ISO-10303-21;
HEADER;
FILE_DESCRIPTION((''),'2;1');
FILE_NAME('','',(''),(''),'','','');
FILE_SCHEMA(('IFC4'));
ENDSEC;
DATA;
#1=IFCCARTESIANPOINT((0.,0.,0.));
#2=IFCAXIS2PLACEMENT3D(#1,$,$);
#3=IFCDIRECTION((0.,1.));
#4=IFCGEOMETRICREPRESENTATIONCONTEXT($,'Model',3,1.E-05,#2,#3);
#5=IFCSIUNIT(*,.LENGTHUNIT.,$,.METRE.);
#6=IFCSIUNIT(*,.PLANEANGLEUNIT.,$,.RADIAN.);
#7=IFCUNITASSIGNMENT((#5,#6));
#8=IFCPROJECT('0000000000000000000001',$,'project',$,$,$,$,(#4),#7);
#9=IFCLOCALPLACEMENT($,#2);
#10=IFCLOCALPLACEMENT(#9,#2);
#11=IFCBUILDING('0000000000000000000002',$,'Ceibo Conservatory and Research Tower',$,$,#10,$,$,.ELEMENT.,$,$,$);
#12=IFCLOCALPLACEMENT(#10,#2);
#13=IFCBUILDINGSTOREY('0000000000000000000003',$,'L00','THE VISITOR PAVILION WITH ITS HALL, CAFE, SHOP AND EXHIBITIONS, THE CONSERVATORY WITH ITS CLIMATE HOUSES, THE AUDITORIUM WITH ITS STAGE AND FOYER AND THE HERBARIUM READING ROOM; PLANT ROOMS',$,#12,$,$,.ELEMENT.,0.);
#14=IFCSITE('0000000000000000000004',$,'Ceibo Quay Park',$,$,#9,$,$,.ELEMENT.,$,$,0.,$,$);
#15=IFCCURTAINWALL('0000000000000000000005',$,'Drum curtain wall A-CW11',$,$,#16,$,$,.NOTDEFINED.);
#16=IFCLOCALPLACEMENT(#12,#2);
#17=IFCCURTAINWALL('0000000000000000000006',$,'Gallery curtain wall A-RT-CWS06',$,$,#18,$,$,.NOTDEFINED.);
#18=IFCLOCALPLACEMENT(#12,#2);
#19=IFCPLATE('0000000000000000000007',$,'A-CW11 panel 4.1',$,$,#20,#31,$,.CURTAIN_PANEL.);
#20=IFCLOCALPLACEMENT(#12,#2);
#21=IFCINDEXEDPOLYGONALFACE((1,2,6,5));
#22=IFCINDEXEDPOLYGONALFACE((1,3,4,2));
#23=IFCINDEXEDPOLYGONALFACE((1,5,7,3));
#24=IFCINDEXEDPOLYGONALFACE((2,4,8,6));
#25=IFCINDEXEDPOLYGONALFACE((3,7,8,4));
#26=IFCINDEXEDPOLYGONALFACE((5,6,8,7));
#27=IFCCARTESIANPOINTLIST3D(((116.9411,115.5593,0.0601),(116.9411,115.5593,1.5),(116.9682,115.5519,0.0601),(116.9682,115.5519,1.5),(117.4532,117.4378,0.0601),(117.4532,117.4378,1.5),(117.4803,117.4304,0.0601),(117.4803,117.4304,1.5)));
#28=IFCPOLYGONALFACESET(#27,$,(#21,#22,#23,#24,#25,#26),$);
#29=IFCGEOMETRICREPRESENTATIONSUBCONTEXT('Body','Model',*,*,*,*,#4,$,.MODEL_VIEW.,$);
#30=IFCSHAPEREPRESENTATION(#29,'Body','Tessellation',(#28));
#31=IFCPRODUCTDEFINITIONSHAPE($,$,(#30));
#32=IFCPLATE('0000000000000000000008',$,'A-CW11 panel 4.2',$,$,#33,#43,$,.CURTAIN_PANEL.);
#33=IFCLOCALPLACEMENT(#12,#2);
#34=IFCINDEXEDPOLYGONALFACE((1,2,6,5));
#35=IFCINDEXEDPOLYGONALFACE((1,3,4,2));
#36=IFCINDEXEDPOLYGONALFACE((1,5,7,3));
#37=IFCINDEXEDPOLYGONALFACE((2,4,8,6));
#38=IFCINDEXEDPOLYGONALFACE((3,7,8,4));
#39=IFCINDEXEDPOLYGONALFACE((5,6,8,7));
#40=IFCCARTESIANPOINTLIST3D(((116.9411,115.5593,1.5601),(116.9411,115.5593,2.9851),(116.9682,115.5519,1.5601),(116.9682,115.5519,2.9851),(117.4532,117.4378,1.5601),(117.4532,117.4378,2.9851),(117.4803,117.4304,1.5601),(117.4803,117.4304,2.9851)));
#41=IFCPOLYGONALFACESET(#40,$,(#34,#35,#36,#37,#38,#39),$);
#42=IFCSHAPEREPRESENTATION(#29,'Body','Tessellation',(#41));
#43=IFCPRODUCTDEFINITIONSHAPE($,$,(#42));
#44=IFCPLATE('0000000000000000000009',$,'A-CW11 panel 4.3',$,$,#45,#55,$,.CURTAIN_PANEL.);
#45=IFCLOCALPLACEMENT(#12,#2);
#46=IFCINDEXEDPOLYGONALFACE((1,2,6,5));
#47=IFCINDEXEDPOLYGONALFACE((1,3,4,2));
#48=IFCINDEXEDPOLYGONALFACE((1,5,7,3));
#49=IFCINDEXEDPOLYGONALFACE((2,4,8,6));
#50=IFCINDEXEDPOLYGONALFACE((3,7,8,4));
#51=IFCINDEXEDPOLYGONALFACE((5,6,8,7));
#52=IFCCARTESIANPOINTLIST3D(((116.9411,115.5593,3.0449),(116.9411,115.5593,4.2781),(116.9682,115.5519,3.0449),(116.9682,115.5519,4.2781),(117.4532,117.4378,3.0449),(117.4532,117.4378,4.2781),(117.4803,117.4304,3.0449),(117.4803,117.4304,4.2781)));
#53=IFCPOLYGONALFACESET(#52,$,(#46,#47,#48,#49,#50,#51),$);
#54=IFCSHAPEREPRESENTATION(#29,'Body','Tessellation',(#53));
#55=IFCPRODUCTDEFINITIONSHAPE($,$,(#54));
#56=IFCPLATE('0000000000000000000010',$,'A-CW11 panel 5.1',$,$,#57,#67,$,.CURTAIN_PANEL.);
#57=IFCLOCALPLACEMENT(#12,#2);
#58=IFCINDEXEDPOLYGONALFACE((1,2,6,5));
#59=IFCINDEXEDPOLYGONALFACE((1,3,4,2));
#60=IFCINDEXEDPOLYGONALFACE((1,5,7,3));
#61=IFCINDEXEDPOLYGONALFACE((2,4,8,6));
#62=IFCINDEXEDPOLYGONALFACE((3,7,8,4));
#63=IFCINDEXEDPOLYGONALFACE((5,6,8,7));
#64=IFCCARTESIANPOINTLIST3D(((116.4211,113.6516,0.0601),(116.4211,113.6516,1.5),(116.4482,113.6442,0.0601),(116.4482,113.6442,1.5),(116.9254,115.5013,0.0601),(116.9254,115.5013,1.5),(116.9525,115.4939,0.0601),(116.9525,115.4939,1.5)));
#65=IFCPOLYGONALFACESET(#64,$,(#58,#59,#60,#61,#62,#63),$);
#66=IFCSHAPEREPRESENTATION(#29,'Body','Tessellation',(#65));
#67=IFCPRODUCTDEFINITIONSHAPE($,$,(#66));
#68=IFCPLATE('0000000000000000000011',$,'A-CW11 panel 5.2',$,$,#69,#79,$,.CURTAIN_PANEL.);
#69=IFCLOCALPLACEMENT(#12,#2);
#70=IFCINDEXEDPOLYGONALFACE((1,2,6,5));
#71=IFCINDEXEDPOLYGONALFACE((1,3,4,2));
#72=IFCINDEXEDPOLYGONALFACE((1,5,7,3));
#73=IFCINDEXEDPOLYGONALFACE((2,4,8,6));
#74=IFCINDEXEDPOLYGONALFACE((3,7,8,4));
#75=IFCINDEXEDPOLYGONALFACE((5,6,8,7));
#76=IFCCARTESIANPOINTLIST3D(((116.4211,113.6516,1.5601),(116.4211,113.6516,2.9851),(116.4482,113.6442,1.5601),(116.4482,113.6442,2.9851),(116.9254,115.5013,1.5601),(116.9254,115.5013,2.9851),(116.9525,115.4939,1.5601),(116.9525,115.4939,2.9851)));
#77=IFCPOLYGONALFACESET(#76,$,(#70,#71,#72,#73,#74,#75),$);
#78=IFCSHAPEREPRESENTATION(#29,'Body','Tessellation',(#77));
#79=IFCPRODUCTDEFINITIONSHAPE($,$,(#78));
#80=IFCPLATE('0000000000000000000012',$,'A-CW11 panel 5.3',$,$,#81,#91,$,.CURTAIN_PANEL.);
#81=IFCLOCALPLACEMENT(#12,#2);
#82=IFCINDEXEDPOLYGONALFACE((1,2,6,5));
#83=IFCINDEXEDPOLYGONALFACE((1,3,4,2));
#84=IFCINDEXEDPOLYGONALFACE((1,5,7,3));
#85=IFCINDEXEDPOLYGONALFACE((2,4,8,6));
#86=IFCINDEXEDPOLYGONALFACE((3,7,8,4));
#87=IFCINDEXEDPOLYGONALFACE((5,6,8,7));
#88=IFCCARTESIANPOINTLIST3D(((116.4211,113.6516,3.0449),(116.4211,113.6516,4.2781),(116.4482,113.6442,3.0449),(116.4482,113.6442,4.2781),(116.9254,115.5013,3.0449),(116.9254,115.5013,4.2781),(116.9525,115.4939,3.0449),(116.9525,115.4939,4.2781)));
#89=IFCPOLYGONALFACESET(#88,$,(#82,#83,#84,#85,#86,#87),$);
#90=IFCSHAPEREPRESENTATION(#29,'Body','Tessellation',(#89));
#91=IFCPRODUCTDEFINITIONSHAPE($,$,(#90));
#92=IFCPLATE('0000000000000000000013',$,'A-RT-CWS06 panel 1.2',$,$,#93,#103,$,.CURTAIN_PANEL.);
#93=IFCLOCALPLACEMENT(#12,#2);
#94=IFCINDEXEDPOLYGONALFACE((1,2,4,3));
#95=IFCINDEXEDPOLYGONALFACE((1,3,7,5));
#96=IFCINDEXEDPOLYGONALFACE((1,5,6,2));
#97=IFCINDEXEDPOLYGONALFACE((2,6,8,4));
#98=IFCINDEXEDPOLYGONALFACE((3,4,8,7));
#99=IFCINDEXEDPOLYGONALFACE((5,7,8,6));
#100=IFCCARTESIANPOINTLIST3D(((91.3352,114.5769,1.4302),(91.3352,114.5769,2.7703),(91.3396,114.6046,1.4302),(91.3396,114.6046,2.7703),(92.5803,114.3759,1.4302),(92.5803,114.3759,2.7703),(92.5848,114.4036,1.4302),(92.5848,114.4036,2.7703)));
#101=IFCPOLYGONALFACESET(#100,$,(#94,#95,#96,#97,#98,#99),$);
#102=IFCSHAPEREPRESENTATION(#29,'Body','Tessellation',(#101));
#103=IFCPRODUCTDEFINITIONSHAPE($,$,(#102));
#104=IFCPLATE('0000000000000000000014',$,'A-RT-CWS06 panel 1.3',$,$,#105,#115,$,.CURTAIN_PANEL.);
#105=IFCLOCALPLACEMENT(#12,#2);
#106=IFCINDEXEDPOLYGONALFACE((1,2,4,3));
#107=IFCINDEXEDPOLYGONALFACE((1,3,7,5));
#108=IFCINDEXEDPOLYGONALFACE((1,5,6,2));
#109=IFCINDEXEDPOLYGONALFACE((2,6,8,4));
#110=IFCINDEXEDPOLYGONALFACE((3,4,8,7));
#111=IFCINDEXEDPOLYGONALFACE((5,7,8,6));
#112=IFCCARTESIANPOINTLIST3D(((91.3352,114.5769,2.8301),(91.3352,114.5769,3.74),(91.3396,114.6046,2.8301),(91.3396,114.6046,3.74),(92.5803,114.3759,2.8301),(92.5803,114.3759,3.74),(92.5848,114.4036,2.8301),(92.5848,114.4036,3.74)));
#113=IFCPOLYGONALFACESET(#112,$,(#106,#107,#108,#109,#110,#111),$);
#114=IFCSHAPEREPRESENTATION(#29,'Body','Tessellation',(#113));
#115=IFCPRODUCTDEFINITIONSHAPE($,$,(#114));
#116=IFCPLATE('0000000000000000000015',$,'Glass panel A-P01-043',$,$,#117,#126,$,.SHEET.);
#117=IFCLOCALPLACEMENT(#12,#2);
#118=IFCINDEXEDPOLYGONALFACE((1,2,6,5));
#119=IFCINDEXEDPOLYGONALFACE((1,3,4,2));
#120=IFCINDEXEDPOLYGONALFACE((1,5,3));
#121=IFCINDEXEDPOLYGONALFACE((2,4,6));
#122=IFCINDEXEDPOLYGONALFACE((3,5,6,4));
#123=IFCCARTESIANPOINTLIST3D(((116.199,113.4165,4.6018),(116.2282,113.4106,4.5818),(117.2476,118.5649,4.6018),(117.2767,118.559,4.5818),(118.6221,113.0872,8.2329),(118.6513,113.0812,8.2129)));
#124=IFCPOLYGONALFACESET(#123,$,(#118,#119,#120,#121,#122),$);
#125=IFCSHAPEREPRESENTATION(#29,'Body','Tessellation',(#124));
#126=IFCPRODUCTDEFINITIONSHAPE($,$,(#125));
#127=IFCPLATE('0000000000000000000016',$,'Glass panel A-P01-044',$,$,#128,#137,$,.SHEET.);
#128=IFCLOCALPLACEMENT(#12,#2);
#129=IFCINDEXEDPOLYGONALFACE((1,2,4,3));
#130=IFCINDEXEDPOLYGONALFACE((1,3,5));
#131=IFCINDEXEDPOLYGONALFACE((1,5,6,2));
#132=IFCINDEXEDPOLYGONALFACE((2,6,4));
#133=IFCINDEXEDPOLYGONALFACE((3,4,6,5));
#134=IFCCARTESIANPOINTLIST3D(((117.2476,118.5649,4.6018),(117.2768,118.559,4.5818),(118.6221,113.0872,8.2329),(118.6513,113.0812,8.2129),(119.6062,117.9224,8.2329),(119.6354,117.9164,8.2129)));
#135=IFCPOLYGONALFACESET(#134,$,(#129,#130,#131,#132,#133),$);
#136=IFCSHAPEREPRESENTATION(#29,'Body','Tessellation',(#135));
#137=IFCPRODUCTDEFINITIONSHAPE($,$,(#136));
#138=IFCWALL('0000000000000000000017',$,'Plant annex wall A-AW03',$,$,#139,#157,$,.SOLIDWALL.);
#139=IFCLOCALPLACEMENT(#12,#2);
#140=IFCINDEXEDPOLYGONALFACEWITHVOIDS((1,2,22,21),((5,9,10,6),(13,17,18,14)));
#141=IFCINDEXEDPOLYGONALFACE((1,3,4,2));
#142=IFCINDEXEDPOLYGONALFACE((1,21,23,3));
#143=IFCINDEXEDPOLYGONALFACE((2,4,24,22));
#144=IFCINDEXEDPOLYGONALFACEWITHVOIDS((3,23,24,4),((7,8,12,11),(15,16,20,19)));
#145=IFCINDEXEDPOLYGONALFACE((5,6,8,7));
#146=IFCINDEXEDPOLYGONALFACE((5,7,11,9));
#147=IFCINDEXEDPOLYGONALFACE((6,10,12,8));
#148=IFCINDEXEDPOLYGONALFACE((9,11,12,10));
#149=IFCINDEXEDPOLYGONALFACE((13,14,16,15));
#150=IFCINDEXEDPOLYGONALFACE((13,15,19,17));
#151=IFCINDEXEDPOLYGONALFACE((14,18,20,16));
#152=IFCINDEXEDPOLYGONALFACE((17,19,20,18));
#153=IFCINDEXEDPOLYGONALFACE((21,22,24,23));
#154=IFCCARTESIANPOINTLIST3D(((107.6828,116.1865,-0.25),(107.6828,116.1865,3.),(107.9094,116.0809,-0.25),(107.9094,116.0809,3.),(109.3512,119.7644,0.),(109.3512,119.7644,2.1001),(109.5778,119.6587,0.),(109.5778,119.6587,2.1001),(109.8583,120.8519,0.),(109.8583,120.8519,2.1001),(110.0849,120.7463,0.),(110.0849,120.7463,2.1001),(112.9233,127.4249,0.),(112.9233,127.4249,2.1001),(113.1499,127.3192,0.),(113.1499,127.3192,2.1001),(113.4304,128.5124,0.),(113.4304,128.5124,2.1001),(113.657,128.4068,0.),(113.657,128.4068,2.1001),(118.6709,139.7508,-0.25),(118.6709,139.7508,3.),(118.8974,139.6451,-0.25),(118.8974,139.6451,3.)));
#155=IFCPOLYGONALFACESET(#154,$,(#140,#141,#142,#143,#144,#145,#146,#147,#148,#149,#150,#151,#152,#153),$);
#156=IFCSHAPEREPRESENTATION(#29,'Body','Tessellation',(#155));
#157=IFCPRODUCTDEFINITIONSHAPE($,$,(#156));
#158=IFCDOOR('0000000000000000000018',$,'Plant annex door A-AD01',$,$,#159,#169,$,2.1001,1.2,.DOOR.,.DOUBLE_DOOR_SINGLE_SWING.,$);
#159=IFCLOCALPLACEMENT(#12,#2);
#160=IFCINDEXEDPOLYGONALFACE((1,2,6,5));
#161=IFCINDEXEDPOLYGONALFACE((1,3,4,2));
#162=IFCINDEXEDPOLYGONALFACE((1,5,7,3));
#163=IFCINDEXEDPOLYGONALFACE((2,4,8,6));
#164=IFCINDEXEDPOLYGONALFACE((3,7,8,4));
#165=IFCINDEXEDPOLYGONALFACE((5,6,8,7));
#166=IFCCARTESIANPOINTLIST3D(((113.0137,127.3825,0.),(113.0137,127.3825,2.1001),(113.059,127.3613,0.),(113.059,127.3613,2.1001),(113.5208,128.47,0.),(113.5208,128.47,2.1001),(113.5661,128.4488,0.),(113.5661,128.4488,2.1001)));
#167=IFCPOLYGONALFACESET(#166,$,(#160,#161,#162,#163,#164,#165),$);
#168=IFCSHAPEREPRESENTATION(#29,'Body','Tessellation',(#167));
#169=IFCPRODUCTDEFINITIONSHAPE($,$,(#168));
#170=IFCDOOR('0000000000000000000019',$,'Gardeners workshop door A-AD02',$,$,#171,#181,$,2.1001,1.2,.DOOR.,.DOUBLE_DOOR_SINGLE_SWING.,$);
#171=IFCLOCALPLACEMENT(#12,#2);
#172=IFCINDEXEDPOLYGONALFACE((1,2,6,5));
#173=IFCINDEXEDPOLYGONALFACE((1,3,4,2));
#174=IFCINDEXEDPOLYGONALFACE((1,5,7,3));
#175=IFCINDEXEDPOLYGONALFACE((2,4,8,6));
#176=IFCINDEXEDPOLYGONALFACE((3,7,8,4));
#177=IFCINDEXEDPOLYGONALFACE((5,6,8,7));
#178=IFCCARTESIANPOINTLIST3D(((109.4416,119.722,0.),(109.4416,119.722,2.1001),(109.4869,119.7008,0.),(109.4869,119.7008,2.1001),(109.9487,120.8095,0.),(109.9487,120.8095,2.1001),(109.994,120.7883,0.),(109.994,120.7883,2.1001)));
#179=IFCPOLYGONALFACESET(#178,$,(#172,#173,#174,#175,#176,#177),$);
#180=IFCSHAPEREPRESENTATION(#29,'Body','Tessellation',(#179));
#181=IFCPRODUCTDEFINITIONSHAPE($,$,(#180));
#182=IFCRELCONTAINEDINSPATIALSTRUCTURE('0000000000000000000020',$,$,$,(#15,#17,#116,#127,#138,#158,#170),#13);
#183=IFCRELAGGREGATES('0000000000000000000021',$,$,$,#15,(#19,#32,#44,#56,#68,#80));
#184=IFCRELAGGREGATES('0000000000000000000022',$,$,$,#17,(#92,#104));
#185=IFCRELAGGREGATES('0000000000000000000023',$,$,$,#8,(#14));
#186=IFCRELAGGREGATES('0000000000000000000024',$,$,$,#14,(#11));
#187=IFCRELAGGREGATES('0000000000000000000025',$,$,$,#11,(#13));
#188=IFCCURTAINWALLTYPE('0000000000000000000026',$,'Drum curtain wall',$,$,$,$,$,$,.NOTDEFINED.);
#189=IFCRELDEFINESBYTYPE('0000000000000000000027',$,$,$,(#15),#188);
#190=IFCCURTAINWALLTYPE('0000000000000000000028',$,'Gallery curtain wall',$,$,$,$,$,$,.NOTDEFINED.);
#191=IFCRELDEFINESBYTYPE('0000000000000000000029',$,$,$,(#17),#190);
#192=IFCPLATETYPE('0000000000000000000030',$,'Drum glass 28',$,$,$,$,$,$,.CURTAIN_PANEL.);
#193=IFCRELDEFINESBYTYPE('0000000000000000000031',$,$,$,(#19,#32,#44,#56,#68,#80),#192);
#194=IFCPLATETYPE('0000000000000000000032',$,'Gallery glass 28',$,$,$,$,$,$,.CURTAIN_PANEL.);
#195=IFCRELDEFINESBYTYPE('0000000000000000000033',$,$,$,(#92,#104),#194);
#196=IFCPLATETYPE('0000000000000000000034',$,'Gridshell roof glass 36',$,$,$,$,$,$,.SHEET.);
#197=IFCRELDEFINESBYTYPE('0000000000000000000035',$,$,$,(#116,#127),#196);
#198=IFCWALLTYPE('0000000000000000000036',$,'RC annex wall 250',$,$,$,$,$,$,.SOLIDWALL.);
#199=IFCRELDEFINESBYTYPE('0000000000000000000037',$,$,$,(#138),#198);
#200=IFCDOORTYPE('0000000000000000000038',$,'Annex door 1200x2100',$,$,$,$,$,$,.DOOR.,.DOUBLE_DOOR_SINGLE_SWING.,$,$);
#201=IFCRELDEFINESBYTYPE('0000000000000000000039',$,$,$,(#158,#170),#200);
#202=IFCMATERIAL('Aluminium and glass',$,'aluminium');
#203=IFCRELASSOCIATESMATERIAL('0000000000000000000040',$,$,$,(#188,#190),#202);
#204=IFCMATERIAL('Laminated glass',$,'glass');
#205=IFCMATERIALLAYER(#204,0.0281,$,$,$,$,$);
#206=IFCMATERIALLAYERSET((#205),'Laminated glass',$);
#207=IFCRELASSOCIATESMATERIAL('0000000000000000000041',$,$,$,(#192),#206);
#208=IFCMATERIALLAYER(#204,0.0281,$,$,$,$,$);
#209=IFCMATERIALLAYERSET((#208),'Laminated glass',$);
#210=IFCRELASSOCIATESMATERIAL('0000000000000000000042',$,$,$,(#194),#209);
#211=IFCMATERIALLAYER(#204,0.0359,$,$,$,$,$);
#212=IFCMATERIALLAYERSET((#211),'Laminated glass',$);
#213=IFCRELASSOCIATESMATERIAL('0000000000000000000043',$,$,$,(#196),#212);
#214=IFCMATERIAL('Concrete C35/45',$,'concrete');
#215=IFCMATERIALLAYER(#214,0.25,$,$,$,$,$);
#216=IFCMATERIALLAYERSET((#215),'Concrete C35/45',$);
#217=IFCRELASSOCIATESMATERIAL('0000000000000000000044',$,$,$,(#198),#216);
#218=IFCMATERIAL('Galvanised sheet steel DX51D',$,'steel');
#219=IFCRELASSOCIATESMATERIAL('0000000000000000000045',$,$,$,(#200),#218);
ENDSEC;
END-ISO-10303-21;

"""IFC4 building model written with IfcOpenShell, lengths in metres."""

from ifc_helpers import new_model, si_unit, direction, frame, frame_2d, origin, origin_2d, place, context, subcontext, project, spatial, polyline, rectangle, outline, extrude, material, layer, layer_set, type_object, element, fill, aggregate, save


model = new_model("IFC4")

# Units and contexts
model_context = context("Model", 3, precision=1e-05, world=origin(), true_north=direction((0.0, 1.0)))
body_context = subcontext(model_context, "Body", "Model", "MODEL_VIEW")
ifc_project = project(units=[si_unit("LENGTHUNIT", "METRE"), si_unit("PLANEANGLEUNIT", "RADIAN")], contexts=[model_context])

# Site, building, storey
site_placement = place(None, origin())
site = spatial("IfcSite", under=ifc_project, at=site_placement, Name="Ceibo Quay Park", CompositionType="ELEMENT", RefElevation=0.0)
building_placement = place(site_placement, origin())
building = spatial("IfcBuilding", under=site, at=building_placement, Name="Ceibo Conservatory and Research Tower", CompositionType="ELEMENT")
storey_placement = place(building_placement, origin())
storey = spatial("IfcBuildingStorey", under=building, at=storey_placement, Name="L00", Description="THE VISITOR PAVILION WITH ITS HALL, CAFE, SHOP AND EXHIBITIONS, THE CONSERVATORY WITH ITS CLIMATE HOUSES, THE AUDITORIUM WITH ITS STAGE AND FOYER AND THE HERBARIUM READING ROOM; PLANT ROOMS", CompositionType="ELEMENT", Elevation=0.0)

# Curtain walls
ifc_material_1 = material(Name="Aluminium and glass", Category="aluminium")
curtain_wall_type_1 = type_object("IfcCurtainWallType", Name="Drum curtain wall", PredefinedType="NOTDEFINED", material=ifc_material_1)
curtain_wall_1_placement = place(storey_placement, origin())
curtain_wall_1 = element("IfcCurtainWall", 1, at=curtain_wall_1_placement, inside=storey, type_object=curtain_wall_type_1, Name="Drum curtain wall A-CW11", PredefinedType="NOTDEFINED")
curtain_wall_type_2 = type_object("IfcCurtainWallType", Name="Gallery curtain wall", PredefinedType="NOTDEFINED", material=ifc_material_1)
curtain_wall_2_placement = place(storey_placement, origin())
curtain_wall_2 = element("IfcCurtainWall", 2, at=curtain_wall_2_placement, inside=storey, type_object=curtain_wall_type_2, Name="Gallery curtain wall A-RT-CWS06", PredefinedType="NOTDEFINED")

# Plates
ifc_material_2 = material(Name="Laminated glass", Category="glass")
ifc_layer_1 = layer(ifc_material_2, 0.0281)
ifc_layer_set_1 = layer_set([ifc_layer_1], Name="Laminated glass")
plate_type_1 = type_object("IfcPlateType", Name="Drum glass 28", PredefinedType="CURTAIN_PANEL", material=ifc_layer_set_1)
plate_1_placement = place(storey_placement, frame((117.2107, 116.4949, 0.0601), z_axis=(0.0, 0.0, 1.0), x_axis=(-0.263031, -0.964787, 0.0)))
plate_1 = element("IfcPlate", 3, at=plate_1_placement, type_object=plate_type_1, Name="A-CW11 panel 4.1", PredefinedType="CURTAIN_PANEL", context=body_context, shape_type="SweptSolid", body=[
    extrude(rectangle(XDim=1.947, YDim=0.0281, at=origin_2d()), origin(), (0.0, 0.0, 1.0), 1.4399),
])
plate_2_placement = place(storey_placement, frame((117.2107, 116.4949, 1.5601), z_axis=(0.0, 0.0, 1.0), x_axis=(-0.263031, -0.964787, 0.0)))
plate_2 = element("IfcPlate", 4, at=plate_2_placement, type_object=plate_type_1, Name="A-CW11 panel 4.2", PredefinedType="CURTAIN_PANEL", context=body_context, shape_type="SweptSolid", body=[
    extrude(rectangle(XDim=1.947, YDim=0.0281, at=origin_2d()), origin(), (0.0, 0.0, 1.0), 1.425),
])
plate_3_placement = place(storey_placement, frame((117.2107, 116.4949, 3.0449), z_axis=(0.0, 0.0, 1.0), x_axis=(-0.263031, -0.964787, 0.0)))
plate_3 = element("IfcPlate", 5, at=plate_3_placement, type_object=plate_type_1, Name="A-CW11 panel 4.3", PredefinedType="CURTAIN_PANEL", context=body_context, shape_type="SweptSolid", body=[
    extrude(rectangle(XDim=1.947, YDim=0.0281, at=origin_2d()), origin(), (0.0, 0.0, 1.0), 1.2332),
])
plate_4_placement = place(storey_placement, frame((116.6868, 114.5728, 0.0601), z_axis=(0.0, 0.0, 1.0), x_axis=(-0.263031, -0.964787, 0.0)))
plate_4 = element("IfcPlate", 6, at=plate_4_placement, type_object=plate_type_1, Name="A-CW11 panel 5.1", PredefinedType="CURTAIN_PANEL", context=body_context, shape_type="SweptSolid", body=[
    extrude(rectangle(XDim=1.9172, YDim=0.0281, at=origin_2d()), origin(), (0.0, 0.0, 1.0), 1.4399),
])
plate_5_placement = place(storey_placement, frame((116.6868, 114.5728, 1.5601), z_axis=(0.0, 0.0, 1.0), x_axis=(-0.263031, -0.964787, 0.0)))
plate_5 = element("IfcPlate", 7, at=plate_5_placement, type_object=plate_type_1, Name="A-CW11 panel 5.2", PredefinedType="CURTAIN_PANEL", context=body_context, shape_type="SweptSolid", body=[
    extrude(rectangle(XDim=1.9172, YDim=0.0281, at=origin_2d()), origin(), (0.0, 0.0, 1.0), 1.425),
])
plate_6_placement = place(storey_placement, frame((116.6868, 114.5728, 3.0449), z_axis=(0.0, 0.0, 1.0), x_axis=(-0.263031, -0.964787, 0.0)))
plate_6 = element("IfcPlate", 8, at=plate_6_placement, type_object=plate_type_1, Name="A-CW11 panel 5.3", PredefinedType="CURTAIN_PANEL", context=body_context, shape_type="SweptSolid", body=[
    extrude(rectangle(XDim=1.9172, YDim=0.0281, at=origin_2d()), origin(), (0.0, 0.0, 1.0), 1.2332),
])
aggregate(curtain_wall_1, [plate_1, plate_2, plate_3, plate_4, plate_5, plate_6])
ifc_layer_2 = layer(ifc_material_2, 0.0281)
ifc_layer_set_2 = layer_set([ifc_layer_2], Name="Laminated glass")
plate_type_2 = type_object("IfcPlateType", Name="Gallery glass 28", PredefinedType="CURTAIN_PANEL", material=ifc_layer_set_2)
plate_7_placement = place(storey_placement, frame((91.96, 114.4902, 1.4302), z_axis=(0.0, 0.0, 1.0), x_axis=(-0.987216, 0.159391, 0.0)))
plate_7 = element("IfcPlate", 9, at=plate_7_placement, type_object=plate_type_2, Name="A-RT-CWS06 panel 1.2", PredefinedType="CURTAIN_PANEL", context=body_context, shape_type="SweptSolid", body=[
    extrude(rectangle(XDim=1.2612, YDim=0.0281, at=origin_2d()), origin(), (0.0, 0.0, 1.0), 1.3401),
])
plate_8_placement = place(storey_placement, frame((91.96, 114.4902, 2.8301), z_axis=(0.0, 0.0, 1.0), x_axis=(-0.987216, 0.159391, 0.0)))
plate_8 = element("IfcPlate", 10, at=plate_8_placement, type_object=plate_type_2, Name="A-RT-CWS06 panel 1.3", PredefinedType="CURTAIN_PANEL", context=body_context, shape_type="SweptSolid", body=[
    extrude(rectangle(XDim=1.2612, YDim=0.0281, at=origin_2d()), origin(), (0.0, 0.0, 1.0), 0.9099),
])
aggregate(curtain_wall_2, [plate_7, plate_8])

# Plates
ifc_layer_3 = layer(ifc_material_2, 0.0359)
ifc_layer_set_3 = layer_set([ifc_layer_3], Name="Laminated glass")
plate_type_3 = type_object("IfcPlateType", Name="Gridshell roof glass 36", PredefinedType="SHEET", material=ifc_layer_set_3)
plate_9_placement = place(storey_placement, frame((117.2476, 118.5649, 4.6018), z_axis=(-0.813307, 0.165646, 0.557757), x_axis=(-0.199573, -0.979883, 0.0)))
element("IfcPlate", 11, at=plate_9_placement, inside=storey, type_object=plate_type_3, Name="Glass panel A-P01-043", PredefinedType="SHEET", context=body_context, shape_type="SweptSolid", body=[
    extrude(outline(polyline([(0.0, 0.0), (5.2541, 0.0), (5.0933, 4.3748), (0.0, 0.0)])), origin(), (0.0, 0.0, -1.0), 0.0359),
])
plate_10_placement = place(storey_placement, frame((117.2476, 118.5649, 4.6018), z_axis=(-0.813397, 0.165554, 0.557653), x_axis=(0.204718, -0.815852, 0.540811)))
element("IfcPlate", 12, at=plate_10_placement, inside=storey, type_object=plate_type_3, Name="Glass panel A-P01-044", PredefinedType="SHEET", context=body_context, shape_type="SweptSolid", body=[
    extrude(outline(polyline([(0.0, 0.0), (6.7142, 0.0), (2.9708, 3.2148), (0.0, 0.0)])), origin(), (0.0, 0.0, -1.0), 0.0359),
])

# Wall, openings, doors
ifc_material_3 = material(Name="Concrete C35/45", Category="concrete")
ifc_layer_4 = layer(ifc_material_3, 0.25)
ifc_layer_set_4 = layer_set([ifc_layer_4], Name="Concrete C35/45")
wall_type = type_object("IfcWallType", Name="RC annex wall 250", PredefinedType="SOLIDWALL", material=ifc_layer_set_4)
wall_placement = place(storey_placement, frame((107.7961, 116.1338, -0.25), z_axis=(0.0, 0.0, 1.0), x_axis=(0.422614, 0.90631, 0.0)))
wall = element("IfcWall", 13, at=wall_placement, inside=storey, type_object=wall_type, Name="Plant annex wall A-AW03", PredefinedType="SOLIDWALL", context=body_context, shape_type="SweptSolid", body=[
    extrude(rectangle(XDim=26.0002, YDim=0.25, at=frame_2d((13.0, 0.0))), origin(), (0.0, 0.0, 1.0), 3.25),
])
opening_1_placement = place(wall_placement, frame((12.3999, 0.0, 0.25)))
opening_1 = element("IfcOpeningElement", 14, at=opening_1_placement, cuts=wall, PredefinedType="OPENING", context=body_context, shape_type="SweptSolid", body=[
    extrude(rectangle(XDim=1.2, YDim=2.1001, at=frame_2d((0.6001, 1.05))), frame((0.0, 0.135, 0.0), z_axis=(0.0, -1.0, 0.0), x_axis=(1.0, 0.0, 0.0)), (0.0, 0.0, 1.0), 0.27),
])
opening_2_placement = place(wall_placement, frame((3.9475, 0.0, 0.25)))
opening_2 = element("IfcOpeningElement", 15, at=opening_2_placement, cuts=wall, PredefinedType="OPENING", context=body_context, shape_type="SweptSolid", body=[
    extrude(rectangle(XDim=1.2, YDim=2.1001, at=frame_2d((0.6001, 1.05))), frame((0.0, 0.135, 0.0), z_axis=(0.0, -1.0, 0.0), x_axis=(1.0, 0.0, 0.0)), (0.0, 0.0, 1.0), 0.27),
])
ifc_material_4 = material(Name="Galvanised sheet steel DX51D", Category="steel")
door_type = type_object("IfcDoorType", Name="Annex door 1200x2100", OperationType="DOUBLE_DOOR_SINGLE_SWING", PredefinedType="DOOR", material=ifc_material_4)
door_1_placement = place(opening_1_placement, frame((1.2, 0.0, 0.0), z_axis=(0.0, 0.0, 1.0), x_axis=(-1.0, 0.0, 0.0)))
door_1 = element("IfcDoor", 16, at=door_1_placement, inside=storey, type_object=door_type, Name="Plant annex door A-AD01", OperationType="DOUBLE_DOOR_SINGLE_SWING", OverallHeight=2.1001, OverallWidth=1.2, PredefinedType="DOOR", context=body_context, shape_type="SweptSolid", body=[
    extrude(rectangle(XDim=1.2, YDim=2.1001, at=frame_2d((0.6001, 1.05))), frame((0.0, 0.0249, 0.0), z_axis=(0.0, -1.0, 0.0), x_axis=(1.0, 0.0, 0.0)), (0.0, 0.0, 1.0), 0.05),
])
fill(opening_1, door_1)
door_2_placement = place(opening_2_placement, frame((1.2, 0.0, 0.0), z_axis=(0.0, 0.0, 1.0), x_axis=(-1.0, 0.0, 0.0)))
door_2 = element("IfcDoor", 17, at=door_2_placement, inside=storey, type_object=door_type, Name="Gardeners workshop door A-AD02", OperationType="DOUBLE_DOOR_SINGLE_SWING", OverallHeight=2.1001, OverallWidth=1.2, PredefinedType="DOOR", context=body_context, shape_type="SweptSolid", body=[
    extrude(rectangle(XDim=1.2, YDim=2.1001, at=frame_2d((0.6001, 1.05))), frame((0.0, 0.0249, 0.0), z_axis=(0.0, -1.0, 0.0), x_axis=(1.0, 0.0, 0.0)), (0.0, 0.0, 1.0), 0.05),
])
fill(opening_2, door_2)

save(model, "model.ifc")
